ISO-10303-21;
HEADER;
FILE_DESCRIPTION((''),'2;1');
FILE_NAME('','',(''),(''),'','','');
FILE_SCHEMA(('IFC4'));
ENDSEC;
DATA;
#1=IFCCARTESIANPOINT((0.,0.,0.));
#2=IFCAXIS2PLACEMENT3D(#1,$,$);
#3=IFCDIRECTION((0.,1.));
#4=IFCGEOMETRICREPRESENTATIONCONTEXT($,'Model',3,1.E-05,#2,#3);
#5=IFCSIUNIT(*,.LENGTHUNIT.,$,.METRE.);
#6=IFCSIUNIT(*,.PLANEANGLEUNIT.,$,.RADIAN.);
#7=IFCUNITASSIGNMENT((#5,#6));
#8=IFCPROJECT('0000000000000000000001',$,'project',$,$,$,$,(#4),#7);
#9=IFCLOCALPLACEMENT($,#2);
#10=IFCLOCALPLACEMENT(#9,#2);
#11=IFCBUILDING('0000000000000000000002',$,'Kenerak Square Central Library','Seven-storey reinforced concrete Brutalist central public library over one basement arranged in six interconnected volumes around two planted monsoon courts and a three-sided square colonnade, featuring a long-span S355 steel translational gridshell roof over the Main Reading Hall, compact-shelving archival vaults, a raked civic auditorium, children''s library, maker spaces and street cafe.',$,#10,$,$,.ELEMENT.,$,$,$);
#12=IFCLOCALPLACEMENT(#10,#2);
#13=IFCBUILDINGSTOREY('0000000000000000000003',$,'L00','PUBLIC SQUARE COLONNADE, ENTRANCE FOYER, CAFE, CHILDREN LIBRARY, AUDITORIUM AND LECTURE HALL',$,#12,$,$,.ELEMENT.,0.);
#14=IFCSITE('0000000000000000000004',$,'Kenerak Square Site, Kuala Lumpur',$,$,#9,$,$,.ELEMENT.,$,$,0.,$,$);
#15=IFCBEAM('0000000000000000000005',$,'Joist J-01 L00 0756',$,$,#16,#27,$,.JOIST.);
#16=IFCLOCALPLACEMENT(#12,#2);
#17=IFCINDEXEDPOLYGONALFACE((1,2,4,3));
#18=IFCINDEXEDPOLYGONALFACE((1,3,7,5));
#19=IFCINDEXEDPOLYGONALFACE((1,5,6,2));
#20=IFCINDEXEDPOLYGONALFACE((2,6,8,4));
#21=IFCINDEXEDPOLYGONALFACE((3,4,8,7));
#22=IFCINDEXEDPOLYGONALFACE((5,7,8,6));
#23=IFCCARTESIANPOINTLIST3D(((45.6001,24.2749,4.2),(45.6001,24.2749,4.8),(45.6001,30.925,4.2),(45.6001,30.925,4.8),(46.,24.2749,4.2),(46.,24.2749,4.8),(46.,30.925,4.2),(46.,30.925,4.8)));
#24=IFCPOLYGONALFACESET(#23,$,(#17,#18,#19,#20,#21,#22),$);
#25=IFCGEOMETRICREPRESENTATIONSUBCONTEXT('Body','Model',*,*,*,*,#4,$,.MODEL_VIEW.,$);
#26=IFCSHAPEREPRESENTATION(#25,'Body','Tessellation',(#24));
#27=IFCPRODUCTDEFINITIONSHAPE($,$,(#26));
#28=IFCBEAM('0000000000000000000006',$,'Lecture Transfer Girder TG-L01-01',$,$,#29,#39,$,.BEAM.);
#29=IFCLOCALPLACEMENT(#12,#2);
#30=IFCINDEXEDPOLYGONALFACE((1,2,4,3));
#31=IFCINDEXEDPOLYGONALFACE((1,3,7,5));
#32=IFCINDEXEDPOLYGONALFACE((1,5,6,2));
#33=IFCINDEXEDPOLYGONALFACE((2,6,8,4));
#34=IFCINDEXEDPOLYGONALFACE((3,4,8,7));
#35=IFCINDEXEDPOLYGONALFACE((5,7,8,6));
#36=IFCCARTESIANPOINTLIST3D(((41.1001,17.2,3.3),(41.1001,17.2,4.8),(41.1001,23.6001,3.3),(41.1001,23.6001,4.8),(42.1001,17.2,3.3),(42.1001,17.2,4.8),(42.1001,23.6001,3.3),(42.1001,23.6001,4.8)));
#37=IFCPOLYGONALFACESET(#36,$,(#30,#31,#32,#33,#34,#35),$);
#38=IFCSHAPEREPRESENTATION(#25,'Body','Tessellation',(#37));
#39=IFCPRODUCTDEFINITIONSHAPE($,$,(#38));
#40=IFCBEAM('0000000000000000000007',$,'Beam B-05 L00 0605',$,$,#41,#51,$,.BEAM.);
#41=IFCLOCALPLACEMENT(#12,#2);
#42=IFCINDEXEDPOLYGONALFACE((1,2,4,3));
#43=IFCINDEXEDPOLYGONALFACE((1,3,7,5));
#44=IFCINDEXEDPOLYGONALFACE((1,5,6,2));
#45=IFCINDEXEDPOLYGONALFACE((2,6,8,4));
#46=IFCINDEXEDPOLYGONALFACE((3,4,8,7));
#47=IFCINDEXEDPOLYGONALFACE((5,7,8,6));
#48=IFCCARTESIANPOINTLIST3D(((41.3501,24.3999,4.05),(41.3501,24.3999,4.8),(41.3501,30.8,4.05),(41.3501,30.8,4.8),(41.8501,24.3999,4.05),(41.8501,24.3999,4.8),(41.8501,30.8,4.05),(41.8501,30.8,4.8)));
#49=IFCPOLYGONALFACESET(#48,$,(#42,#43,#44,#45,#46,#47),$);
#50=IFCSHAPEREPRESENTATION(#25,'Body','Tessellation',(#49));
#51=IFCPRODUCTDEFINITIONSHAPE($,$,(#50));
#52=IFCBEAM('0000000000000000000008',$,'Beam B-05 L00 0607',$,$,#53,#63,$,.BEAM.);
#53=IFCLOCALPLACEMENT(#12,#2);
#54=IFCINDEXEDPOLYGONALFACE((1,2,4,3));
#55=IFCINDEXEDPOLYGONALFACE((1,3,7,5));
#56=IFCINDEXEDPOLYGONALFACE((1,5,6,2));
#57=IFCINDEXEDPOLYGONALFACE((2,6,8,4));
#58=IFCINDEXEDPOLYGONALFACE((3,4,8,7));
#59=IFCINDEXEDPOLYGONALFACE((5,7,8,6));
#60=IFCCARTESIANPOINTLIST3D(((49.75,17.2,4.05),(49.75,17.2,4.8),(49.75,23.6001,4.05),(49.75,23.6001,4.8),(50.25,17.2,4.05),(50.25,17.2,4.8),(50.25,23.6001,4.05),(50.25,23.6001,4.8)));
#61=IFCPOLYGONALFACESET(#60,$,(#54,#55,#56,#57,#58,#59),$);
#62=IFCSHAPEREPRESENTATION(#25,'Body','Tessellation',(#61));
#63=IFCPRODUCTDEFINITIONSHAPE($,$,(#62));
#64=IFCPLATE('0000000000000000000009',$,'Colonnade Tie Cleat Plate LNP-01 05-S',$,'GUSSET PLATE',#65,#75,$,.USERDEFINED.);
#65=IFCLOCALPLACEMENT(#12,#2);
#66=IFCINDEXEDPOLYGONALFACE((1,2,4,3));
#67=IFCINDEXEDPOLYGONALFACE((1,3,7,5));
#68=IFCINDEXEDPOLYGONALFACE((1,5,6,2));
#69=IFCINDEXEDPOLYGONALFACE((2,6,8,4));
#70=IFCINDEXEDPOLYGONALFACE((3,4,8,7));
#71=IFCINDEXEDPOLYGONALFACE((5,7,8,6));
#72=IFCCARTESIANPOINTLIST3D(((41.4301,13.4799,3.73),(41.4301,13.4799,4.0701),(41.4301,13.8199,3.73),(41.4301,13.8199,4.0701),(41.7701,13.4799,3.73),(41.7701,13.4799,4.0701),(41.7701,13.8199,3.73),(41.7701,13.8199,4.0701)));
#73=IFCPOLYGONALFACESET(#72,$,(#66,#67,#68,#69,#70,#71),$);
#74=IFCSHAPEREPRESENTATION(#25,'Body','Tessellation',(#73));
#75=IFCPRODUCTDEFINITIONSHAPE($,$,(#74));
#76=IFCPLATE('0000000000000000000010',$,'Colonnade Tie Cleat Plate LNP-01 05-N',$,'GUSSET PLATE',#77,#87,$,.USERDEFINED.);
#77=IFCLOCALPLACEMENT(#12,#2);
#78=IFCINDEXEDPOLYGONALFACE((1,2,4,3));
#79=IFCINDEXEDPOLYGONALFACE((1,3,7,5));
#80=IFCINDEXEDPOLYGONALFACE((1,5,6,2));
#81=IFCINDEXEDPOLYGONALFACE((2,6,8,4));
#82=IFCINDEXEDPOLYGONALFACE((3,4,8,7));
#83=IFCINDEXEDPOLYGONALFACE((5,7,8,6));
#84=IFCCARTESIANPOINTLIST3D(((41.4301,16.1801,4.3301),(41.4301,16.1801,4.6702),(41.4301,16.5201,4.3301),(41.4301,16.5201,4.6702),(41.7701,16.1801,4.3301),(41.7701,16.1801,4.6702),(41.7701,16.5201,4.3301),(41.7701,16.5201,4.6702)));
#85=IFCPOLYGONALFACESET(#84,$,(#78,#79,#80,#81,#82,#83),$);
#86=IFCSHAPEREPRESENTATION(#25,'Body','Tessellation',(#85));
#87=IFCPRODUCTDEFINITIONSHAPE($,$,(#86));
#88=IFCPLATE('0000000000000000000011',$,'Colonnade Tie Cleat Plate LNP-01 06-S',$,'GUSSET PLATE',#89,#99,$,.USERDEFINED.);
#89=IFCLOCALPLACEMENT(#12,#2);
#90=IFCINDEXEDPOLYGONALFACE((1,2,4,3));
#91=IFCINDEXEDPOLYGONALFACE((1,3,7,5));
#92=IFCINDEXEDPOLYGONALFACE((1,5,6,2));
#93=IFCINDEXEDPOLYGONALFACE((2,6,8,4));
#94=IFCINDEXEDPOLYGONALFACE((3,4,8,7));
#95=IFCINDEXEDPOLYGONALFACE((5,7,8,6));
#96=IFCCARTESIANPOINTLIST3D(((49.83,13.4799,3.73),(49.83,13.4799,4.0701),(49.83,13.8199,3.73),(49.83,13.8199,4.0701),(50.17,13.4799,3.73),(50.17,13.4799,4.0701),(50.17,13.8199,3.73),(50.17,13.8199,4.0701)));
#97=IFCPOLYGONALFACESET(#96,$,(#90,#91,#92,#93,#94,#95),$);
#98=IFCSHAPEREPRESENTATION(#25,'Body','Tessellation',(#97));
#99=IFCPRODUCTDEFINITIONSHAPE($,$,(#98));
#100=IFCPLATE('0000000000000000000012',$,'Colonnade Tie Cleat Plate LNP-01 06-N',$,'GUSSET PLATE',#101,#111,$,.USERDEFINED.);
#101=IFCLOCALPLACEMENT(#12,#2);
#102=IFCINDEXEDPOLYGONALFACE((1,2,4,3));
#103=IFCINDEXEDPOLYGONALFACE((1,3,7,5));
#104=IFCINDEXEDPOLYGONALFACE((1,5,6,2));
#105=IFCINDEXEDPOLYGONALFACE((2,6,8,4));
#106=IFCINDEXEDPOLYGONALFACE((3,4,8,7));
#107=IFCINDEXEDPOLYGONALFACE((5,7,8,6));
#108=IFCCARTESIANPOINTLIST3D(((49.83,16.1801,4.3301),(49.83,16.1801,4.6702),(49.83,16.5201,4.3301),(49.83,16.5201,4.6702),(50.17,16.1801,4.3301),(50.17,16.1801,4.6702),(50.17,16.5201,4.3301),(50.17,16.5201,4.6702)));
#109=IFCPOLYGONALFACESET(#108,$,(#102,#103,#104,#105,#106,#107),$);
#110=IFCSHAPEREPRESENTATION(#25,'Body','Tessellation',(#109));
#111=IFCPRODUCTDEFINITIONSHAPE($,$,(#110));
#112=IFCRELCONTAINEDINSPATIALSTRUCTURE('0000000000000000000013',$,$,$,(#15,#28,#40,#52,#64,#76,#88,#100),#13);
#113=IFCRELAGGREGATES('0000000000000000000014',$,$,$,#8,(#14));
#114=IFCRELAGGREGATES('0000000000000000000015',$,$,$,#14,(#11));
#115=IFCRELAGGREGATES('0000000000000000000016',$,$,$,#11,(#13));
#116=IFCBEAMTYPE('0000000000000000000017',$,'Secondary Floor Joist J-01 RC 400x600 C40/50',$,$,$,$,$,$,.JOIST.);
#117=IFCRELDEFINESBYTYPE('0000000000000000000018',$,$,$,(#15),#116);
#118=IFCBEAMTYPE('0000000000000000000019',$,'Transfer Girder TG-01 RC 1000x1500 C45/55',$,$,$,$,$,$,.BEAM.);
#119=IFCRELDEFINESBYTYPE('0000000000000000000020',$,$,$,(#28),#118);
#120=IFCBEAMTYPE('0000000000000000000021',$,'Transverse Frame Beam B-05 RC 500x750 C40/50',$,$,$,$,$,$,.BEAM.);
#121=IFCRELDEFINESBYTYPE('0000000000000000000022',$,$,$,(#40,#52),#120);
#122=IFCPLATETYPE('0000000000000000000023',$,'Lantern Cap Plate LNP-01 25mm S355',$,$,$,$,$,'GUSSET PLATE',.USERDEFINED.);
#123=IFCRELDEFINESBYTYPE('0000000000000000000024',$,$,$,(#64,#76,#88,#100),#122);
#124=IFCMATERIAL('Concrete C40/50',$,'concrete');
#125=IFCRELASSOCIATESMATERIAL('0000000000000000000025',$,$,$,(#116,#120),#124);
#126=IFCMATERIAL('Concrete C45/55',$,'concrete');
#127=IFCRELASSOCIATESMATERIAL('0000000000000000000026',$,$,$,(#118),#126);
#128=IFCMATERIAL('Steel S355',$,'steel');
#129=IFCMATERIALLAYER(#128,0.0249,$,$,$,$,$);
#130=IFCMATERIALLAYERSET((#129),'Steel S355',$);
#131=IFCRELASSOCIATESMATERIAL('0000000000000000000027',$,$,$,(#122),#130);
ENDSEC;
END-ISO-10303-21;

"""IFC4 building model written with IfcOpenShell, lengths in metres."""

from ifc_helpers import new_model, si_unit, direction, frame, origin, origin_2d, place, context, subcontext, project, spatial, rectangle, extrude, material, layer, layer_set, material_profile, profile_set, type_object, element, save


model = new_model("IFC4")

# Units and contexts
model_context = context("Model", 3, precision=1e-05, world=origin(), true_north=direction((0.0, 1.0)))
body_context = subcontext(model_context, "Body", "Model", "MODEL_VIEW")
ifc_project = project(units=[si_unit("LENGTHUNIT", "METRE"), si_unit("PLANEANGLEUNIT", "RADIAN")], contexts=[model_context])

# Site, building, storey
site_placement = place(None, origin())
site = spatial("IfcSite", under=ifc_project, at=site_placement, Name="Kenerak Square Site, Kuala Lumpur", CompositionType="ELEMENT", RefElevation=0.0)
building_placement = place(site_placement, origin())
building = spatial("IfcBuilding", under=site, at=building_placement, Name="Kenerak Square Central Library", Description="Seven-storey reinforced concrete Brutalist central public library over one basement arranged in six interconnected volumes around two planted monsoon courts and a three-sided square colonnade, featuring a long-span S355 steel translational gridshell roof over the Main Reading Hall, compact-shelving archival vaults, a raked civic auditorium, children's library, maker spaces and street cafe.", CompositionType="ELEMENT")
storey_placement = place(building_placement, origin())
storey = spatial("IfcBuildingStorey", under=building, at=storey_placement, Name="L00", Description="PUBLIC SQUARE COLONNADE, ENTRANCE FOYER, CAFE, CHILDREN LIBRARY, AUDITORIUM AND LECTURE HALL", CompositionType="ELEMENT", Elevation=0.0)

# Shared definitions
ifc_material_1 = material(Name="Concrete C45/55", Category="concrete")

# Shared definitions
ifc_material_2 = material(Name="Steel S355", Category="steel")

# Beams
ifc_material_3 = material(Name="Concrete C40/50", Category="concrete")
ifc_material_profile_1 = material_profile(ifc_material_3, rectangle(XDim=0.3999, YDim=0.6001, at=origin_2d()), Name="RC 400x600")
ifc_profile_set_1 = profile_set([ifc_material_profile_1], Name="Concrete C40/50")
beam_type_1 = type_object("IfcBeamType", Name="Secondary Floor Joist J-01 RC 400x600 C40/50", PredefinedType="JOIST", material=ifc_profile_set_1)
beam_1_placement = place(storey_placement, frame((45.8, 24.2749, 4.5), z_axis=(0.0, 1.0, 0.0), x_axis=(-1.0, 0.0, 0.0)))
element("IfcBeam", 1, at=beam_1_placement, inside=storey, type_object=beam_type_1, Name="Joist J-01 L00 0756", PredefinedType="JOIST", context=body_context, shape_type="SweptSolid", body=[
    extrude(rectangle(XDim=0.3999, YDim=0.6001, at=origin_2d()), origin(), (0.0, 0.0, 1.0), 6.6501),
])
ifc_material_profile_2 = material_profile(ifc_material_1, rectangle(XDim=1.0, YDim=1.5, at=origin_2d()), Name="RC 1000x1500")
ifc_profile_set_2 = profile_set([ifc_material_profile_2], Name="Concrete C45/55")
beam_type_2 = type_object("IfcBeamType", Name="Transfer Girder TG-01 RC 1000x1500 C45/55", PredefinedType="BEAM", material=ifc_profile_set_2)
beam_2_placement = place(storey_placement, frame((41.6001, 17.2, 4.05), z_axis=(0.0, 1.0, 0.0), x_axis=(-1.0, 0.0, 0.0)))
element("IfcBeam", 2, at=beam_2_placement, inside=storey, type_object=beam_type_2, Name="Lecture Transfer Girder TG-L01-01", PredefinedType="BEAM", context=body_context, shape_type="SweptSolid", body=[
    extrude(rectangle(XDim=1.0, YDim=1.5, at=origin_2d()), origin(), (0.0, 0.0, 1.0), 6.4001),
])
ifc_material_profile_3 = material_profile(ifc_material_3, rectangle(XDim=0.5, YDim=0.75, at=origin_2d()), Name="RC 500x750")
ifc_profile_set_3 = profile_set([ifc_material_profile_3], Name="Concrete C40/50")
beam_type_3 = type_object("IfcBeamType", Name="Transverse Frame Beam B-05 RC 500x750 C40/50", PredefinedType="BEAM", material=ifc_profile_set_3)
for number, where, z_axis, x_axis, name in (
    (3, (41.6001, 24.3999, 4.425), (0.0, 1.0, 0.0), (-1.0, 0.0, 0.0), "Beam B-05 L00 0605"),
    (4, (50.0, 17.2, 4.425), (0.0, 1.0, 0.0), (-1.0, 0.0, 0.0), "Beam B-05 L00 0607"),
):
    element("IfcBeam", number, at=place(storey_placement, frame(where, z_axis=z_axis, x_axis=x_axis)), inside=storey, type_object=beam_type_3, Name=name, PredefinedType="BEAM", context=body_context, shape_type="SweptSolid", body=[
        extrude(rectangle(XDim=0.5, YDim=0.75, at=origin_2d()), origin(), (0.0, 0.0, 1.0), 6.4001),
    ])

# Plates
ifc_layer_1 = layer(ifc_material_2, 0.0249)
ifc_layer_set_1 = layer_set([ifc_layer_1], Name="Steel S355")
plate_type = type_object("IfcPlateType", Name="Lantern Cap Plate LNP-01 25mm S355", ElementType="GUSSET PLATE", PredefinedType="USERDEFINED", material=ifc_layer_set_1)
for number, where, z_axis, x_axis, name in (
    (5, (41.6001, 13.6499, 3.73), (0.0, 0.0, 1.0), (1.0, 0.0, 0.0), "Colonnade Tie Cleat Plate LNP-01 05-S"),
    (6, (41.6001, 16.3501, 4.3301), (0.0, 0.0, 1.0), (1.0, 0.0, 0.0), "Colonnade Tie Cleat Plate LNP-01 05-N"),
    (7, (50.0, 13.6499, 3.73), (0.0, 0.0, 1.0), (1.0, 0.0, 0.0), "Colonnade Tie Cleat Plate LNP-01 06-S"),
    (8, (50.0, 16.3501, 4.3301), (0.0, 0.0, 1.0), (1.0, 0.0, 0.0), "Colonnade Tie Cleat Plate LNP-01 06-N"),
):
    element("IfcPlate", number, at=place(storey_placement, frame(where, z_axis=z_axis, x_axis=x_axis)), inside=storey, type_object=plate_type, Name=name, ObjectType="GUSSET PLATE", PredefinedType="USERDEFINED", context=body_context, shape_type="SweptSolid", body=[
        extrude(rectangle(XDim=0.3401, YDim=0.3401, at=origin_2d()), origin(), (0.0, 0.0, 1.0), 0.3401),
    ])

save(model, "model.ifc")
